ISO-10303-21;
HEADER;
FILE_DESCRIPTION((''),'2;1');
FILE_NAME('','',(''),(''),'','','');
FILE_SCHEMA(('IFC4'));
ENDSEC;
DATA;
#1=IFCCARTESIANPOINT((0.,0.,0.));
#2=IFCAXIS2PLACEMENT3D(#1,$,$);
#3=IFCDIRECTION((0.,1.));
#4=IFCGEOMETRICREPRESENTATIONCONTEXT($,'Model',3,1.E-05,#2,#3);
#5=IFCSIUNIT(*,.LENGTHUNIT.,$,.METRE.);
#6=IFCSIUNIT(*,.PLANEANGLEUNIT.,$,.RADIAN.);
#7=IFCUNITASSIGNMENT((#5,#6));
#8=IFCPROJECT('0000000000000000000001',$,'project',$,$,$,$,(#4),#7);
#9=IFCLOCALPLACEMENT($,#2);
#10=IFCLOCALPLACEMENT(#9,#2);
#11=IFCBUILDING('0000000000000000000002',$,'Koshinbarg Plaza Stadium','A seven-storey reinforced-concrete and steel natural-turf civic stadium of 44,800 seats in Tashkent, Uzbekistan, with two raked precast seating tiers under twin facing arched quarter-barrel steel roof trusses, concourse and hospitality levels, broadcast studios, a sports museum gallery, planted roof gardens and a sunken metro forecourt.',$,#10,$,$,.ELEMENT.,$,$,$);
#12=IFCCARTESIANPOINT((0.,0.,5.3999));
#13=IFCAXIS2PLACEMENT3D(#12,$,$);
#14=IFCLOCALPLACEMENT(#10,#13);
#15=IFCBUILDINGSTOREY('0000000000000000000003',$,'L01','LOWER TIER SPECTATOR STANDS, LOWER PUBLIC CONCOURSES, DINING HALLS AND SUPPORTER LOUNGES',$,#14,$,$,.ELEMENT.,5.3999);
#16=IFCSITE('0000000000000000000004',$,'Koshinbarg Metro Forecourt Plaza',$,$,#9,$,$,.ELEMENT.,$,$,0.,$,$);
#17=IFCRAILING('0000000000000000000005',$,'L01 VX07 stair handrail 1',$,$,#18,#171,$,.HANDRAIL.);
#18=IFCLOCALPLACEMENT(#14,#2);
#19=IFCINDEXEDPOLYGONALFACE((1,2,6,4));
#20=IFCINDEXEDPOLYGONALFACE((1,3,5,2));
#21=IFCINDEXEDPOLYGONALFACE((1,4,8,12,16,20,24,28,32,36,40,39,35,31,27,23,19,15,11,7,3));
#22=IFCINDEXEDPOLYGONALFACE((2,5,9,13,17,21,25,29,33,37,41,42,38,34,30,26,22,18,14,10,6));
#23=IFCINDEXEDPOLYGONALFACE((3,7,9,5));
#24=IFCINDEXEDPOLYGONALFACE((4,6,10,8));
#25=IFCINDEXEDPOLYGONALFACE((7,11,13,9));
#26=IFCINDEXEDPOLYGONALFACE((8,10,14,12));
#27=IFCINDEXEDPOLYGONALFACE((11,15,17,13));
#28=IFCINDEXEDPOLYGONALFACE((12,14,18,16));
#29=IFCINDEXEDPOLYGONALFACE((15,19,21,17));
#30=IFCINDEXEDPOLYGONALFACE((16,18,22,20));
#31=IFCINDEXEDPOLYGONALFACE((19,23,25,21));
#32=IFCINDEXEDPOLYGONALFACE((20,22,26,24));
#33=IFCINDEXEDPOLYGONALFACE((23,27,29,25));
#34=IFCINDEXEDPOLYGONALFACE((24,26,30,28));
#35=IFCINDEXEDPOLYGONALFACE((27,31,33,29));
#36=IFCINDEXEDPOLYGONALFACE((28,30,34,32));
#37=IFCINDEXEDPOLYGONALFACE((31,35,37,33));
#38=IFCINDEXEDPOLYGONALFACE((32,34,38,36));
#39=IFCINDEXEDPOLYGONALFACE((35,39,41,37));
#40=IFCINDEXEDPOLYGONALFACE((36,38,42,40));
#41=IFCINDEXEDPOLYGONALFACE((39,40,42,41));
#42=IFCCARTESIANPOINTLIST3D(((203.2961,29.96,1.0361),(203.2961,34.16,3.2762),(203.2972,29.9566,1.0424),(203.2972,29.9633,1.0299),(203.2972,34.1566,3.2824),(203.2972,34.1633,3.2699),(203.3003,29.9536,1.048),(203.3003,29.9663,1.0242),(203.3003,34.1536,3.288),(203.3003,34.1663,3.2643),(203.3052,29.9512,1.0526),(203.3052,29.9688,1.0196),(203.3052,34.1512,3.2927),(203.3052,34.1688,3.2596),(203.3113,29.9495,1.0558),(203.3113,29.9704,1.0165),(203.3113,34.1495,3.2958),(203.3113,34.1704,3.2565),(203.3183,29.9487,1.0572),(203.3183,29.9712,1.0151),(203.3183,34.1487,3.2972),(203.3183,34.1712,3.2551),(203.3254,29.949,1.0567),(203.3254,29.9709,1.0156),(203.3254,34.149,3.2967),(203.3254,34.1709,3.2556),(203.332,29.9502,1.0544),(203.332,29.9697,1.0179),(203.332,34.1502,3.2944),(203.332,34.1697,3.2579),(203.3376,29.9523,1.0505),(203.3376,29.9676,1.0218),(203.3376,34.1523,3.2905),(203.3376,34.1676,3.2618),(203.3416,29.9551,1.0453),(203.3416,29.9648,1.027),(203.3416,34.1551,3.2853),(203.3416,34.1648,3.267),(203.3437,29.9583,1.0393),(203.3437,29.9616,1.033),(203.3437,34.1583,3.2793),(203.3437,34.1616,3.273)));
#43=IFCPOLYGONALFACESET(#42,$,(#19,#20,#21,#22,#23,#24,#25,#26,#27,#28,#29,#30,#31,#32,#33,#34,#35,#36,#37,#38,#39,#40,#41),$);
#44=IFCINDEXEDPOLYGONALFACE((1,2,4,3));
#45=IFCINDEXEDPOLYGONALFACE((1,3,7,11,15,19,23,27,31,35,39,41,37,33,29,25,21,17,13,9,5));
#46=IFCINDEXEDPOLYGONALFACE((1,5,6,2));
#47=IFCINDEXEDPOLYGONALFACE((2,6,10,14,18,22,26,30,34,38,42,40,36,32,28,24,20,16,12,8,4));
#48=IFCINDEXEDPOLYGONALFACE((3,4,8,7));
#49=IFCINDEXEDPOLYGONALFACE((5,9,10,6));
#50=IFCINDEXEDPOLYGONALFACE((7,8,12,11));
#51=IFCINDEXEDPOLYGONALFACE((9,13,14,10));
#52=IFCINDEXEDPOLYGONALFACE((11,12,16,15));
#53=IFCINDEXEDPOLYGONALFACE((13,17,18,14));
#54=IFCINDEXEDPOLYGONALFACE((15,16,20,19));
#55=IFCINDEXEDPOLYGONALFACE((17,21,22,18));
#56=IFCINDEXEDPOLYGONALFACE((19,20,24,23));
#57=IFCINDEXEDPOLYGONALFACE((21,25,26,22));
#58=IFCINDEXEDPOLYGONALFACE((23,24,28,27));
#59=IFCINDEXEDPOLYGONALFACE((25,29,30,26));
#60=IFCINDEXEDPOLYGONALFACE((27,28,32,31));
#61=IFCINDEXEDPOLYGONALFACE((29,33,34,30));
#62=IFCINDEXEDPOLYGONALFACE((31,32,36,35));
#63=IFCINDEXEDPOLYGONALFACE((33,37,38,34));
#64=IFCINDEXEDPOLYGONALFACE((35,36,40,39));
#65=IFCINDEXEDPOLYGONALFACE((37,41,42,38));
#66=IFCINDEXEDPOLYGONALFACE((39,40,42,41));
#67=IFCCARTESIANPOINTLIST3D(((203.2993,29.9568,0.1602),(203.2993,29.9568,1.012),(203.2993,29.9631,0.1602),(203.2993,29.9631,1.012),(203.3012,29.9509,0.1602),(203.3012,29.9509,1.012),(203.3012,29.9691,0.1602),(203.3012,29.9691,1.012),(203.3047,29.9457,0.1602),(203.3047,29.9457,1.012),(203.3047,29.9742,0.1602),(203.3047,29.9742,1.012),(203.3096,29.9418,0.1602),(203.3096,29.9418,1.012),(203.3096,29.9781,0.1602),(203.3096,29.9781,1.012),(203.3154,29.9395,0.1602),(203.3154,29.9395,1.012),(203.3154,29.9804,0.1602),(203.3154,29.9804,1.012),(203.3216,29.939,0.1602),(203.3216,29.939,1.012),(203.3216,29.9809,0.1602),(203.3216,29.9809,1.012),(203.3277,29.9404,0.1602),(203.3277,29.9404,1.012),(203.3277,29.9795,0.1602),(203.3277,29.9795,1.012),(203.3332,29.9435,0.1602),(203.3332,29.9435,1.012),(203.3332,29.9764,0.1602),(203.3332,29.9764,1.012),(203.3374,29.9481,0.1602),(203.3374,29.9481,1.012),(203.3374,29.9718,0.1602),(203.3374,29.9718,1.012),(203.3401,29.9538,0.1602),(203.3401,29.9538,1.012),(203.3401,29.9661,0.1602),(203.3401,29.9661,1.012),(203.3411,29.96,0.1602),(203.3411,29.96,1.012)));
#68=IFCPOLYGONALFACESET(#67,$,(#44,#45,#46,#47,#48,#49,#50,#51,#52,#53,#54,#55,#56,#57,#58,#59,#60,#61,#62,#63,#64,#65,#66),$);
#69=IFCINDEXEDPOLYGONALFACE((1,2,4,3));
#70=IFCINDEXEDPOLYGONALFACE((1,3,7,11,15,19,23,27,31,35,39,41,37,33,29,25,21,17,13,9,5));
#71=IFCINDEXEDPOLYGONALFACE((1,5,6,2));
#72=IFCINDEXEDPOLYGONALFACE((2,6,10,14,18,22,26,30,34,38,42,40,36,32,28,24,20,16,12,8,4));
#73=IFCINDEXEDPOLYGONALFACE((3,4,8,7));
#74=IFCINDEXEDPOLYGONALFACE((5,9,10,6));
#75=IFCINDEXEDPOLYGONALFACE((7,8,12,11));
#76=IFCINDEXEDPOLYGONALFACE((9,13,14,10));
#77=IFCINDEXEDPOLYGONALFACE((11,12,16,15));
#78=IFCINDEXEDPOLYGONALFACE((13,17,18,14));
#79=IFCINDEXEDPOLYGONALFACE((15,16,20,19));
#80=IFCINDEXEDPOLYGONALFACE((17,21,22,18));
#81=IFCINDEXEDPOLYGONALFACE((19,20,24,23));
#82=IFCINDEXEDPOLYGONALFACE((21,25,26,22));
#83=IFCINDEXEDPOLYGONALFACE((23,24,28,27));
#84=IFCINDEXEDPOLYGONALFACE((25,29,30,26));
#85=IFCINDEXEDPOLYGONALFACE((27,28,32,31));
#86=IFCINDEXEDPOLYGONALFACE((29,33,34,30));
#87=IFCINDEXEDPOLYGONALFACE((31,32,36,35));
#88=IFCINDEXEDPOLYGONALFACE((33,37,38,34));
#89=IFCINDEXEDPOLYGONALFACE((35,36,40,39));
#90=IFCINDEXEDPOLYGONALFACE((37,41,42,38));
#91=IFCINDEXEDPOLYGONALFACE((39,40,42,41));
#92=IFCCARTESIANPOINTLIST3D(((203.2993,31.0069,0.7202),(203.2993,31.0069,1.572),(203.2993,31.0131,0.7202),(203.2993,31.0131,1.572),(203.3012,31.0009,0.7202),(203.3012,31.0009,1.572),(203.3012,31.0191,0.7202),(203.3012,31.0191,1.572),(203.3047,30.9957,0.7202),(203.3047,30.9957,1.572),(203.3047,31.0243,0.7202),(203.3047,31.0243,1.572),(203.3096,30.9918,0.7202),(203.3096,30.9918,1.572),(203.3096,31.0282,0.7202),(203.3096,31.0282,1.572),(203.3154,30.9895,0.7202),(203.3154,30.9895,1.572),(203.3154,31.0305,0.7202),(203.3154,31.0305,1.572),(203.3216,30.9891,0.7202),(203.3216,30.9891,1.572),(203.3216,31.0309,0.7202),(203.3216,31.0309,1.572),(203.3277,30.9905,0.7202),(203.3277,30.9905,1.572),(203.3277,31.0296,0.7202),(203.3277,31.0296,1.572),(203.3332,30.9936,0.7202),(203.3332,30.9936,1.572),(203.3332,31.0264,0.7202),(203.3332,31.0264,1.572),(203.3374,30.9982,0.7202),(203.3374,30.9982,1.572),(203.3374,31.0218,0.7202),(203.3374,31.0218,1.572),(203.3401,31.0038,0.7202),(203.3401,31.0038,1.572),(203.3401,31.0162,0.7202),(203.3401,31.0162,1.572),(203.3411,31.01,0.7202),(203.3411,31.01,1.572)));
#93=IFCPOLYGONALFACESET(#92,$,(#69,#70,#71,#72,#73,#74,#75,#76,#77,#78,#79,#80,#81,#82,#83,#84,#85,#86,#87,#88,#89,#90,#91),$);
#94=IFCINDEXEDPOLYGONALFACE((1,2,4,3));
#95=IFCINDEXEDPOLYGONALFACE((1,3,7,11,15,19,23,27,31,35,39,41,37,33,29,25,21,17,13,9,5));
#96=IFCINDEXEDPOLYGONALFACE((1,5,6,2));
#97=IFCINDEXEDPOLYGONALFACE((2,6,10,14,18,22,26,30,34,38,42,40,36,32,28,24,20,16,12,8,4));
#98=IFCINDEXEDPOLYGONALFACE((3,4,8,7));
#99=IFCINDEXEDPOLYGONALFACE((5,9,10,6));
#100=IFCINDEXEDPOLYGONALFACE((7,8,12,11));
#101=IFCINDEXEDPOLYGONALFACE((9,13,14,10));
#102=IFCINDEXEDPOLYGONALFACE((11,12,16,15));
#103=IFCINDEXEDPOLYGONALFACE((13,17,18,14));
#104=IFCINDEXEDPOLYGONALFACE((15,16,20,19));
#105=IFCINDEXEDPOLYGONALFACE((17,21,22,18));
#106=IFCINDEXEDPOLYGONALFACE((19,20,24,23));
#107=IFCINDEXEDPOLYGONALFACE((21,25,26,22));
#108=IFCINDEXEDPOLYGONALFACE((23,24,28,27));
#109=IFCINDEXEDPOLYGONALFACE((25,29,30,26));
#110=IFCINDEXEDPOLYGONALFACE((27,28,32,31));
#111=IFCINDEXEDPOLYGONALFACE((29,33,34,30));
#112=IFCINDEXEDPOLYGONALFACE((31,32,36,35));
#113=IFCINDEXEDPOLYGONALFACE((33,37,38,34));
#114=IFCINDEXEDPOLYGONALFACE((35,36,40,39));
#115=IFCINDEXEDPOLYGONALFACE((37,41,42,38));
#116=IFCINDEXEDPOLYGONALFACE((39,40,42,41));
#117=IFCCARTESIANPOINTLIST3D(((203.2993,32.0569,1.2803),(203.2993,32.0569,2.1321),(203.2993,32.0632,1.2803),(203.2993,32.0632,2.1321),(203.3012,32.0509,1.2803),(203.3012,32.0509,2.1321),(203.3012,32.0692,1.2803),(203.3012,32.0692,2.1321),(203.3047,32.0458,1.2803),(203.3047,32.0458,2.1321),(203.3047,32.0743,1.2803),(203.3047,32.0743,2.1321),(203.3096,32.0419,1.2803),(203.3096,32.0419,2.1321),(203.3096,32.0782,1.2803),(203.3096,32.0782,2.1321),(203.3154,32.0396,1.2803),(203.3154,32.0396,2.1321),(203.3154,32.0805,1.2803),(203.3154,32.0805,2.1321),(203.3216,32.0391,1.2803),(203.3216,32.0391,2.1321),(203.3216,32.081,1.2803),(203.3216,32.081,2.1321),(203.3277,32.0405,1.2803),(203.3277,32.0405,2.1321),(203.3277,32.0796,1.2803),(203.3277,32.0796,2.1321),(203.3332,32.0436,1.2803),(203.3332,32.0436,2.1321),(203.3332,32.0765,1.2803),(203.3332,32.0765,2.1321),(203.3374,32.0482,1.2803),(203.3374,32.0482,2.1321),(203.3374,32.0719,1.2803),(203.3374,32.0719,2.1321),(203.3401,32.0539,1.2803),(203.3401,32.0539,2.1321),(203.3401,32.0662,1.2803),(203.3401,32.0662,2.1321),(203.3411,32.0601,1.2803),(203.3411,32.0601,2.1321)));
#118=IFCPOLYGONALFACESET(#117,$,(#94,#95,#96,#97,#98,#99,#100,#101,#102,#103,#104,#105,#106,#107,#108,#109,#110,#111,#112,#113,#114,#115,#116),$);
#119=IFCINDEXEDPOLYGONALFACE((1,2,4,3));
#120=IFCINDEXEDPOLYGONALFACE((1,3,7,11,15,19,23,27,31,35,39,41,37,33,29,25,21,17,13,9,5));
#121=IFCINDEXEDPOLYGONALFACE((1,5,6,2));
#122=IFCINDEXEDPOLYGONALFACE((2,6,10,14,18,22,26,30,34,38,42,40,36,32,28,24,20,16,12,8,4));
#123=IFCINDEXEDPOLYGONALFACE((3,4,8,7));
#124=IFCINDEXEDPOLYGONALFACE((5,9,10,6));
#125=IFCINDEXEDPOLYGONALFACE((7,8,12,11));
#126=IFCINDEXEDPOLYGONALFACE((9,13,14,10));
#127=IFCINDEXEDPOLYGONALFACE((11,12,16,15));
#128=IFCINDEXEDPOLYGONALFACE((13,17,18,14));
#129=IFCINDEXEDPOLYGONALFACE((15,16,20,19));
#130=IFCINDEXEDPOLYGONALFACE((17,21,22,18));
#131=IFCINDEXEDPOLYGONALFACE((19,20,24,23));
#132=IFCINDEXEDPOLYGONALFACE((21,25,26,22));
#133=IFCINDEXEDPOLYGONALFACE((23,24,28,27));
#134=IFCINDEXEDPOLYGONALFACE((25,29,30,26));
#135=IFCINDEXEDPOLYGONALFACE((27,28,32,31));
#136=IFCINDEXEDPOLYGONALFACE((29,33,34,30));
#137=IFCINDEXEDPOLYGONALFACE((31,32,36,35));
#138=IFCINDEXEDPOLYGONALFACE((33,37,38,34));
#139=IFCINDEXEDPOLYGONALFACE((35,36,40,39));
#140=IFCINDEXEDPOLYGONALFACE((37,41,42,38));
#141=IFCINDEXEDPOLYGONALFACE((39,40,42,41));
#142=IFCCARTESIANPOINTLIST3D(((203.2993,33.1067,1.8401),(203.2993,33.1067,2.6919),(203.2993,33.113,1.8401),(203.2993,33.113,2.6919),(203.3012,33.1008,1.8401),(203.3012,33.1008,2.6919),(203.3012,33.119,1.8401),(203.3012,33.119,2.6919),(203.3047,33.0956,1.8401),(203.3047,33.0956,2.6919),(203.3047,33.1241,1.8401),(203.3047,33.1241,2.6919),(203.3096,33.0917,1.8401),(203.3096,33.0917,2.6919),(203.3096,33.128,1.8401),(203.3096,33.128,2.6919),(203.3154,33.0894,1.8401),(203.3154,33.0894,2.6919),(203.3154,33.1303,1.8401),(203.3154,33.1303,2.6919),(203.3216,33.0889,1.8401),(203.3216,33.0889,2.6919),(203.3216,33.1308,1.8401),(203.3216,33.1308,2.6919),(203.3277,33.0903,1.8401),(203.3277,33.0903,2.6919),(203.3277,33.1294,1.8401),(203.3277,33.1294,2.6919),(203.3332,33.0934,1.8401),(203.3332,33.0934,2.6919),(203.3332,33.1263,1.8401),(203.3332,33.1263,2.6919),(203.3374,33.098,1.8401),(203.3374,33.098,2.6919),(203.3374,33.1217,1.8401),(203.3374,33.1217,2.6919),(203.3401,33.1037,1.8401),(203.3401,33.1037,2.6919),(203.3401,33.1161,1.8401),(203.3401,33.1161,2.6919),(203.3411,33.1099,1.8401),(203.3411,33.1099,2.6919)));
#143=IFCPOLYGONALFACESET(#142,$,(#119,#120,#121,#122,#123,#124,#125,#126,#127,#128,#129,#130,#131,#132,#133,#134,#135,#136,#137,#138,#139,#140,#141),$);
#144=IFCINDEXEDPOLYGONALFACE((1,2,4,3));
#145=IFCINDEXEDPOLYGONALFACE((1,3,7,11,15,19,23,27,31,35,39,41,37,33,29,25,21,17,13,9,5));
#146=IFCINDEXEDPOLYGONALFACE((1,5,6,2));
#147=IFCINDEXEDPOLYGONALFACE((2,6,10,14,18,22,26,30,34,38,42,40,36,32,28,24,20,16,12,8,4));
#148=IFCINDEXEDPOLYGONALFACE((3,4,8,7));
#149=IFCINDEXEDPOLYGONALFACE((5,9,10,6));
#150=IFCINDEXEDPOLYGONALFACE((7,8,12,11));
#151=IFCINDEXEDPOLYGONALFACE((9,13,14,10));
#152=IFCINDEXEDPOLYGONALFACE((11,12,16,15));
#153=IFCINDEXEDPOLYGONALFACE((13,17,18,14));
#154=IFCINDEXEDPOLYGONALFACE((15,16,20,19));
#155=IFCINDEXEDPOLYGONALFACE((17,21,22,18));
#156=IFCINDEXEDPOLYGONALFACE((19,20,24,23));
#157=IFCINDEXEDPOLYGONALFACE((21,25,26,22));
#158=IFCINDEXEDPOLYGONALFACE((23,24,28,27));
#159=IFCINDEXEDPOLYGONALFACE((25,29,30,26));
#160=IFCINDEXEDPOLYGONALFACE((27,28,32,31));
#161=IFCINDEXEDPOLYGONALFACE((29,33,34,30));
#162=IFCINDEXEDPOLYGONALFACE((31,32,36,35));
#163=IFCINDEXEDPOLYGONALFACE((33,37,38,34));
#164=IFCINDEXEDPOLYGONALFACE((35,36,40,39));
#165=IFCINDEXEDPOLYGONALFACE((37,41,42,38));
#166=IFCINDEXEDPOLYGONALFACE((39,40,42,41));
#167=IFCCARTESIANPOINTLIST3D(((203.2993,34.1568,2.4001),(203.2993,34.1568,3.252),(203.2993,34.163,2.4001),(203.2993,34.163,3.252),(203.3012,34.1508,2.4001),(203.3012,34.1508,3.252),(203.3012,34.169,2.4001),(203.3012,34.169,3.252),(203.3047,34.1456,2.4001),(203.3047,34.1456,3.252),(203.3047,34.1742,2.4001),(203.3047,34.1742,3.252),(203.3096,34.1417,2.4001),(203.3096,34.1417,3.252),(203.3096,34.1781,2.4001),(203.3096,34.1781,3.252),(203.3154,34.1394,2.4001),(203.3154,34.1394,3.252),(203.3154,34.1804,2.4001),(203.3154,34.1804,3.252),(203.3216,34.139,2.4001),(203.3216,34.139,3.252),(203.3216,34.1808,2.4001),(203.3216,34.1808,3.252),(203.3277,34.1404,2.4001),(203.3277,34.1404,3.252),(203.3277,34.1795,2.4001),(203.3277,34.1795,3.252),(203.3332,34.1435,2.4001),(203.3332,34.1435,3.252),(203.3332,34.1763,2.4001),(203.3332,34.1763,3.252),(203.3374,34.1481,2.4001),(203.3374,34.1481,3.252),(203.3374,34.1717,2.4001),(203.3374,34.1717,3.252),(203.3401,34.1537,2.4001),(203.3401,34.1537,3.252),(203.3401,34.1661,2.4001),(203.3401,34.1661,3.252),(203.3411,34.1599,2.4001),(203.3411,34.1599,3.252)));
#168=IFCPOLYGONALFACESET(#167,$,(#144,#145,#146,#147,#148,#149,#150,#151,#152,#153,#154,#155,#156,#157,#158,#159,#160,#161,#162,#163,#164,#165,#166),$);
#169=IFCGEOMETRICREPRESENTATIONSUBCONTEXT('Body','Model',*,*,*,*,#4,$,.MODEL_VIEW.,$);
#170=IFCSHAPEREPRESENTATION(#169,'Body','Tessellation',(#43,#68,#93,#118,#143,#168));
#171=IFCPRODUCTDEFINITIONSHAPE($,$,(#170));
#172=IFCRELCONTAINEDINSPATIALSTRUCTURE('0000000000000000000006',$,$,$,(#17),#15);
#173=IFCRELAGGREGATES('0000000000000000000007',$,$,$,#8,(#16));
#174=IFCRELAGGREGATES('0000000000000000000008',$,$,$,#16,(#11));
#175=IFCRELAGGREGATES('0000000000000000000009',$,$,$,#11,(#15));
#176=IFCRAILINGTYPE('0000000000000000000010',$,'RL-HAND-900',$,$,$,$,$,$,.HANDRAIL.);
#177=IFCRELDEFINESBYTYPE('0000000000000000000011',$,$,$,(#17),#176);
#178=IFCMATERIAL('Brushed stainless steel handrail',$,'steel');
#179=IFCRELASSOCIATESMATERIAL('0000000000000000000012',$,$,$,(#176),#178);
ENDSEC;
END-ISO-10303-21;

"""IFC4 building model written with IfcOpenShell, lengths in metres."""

from ifc_helpers import new_model, si_unit, direction, frame, origin, origin_2d, place, context, subcontext, project, spatial, circle, extrude, material, type_object, element, save


model = new_model("IFC4")

# Units and contexts
model_context = context("Model", 3, precision=1e-05, world=origin(), true_north=direction((0.0, 1.0)))
body_context = subcontext(model_context, "Body", "Model", "MODEL_VIEW")
ifc_project = project(units=[si_unit("LENGTHUNIT", "METRE"), si_unit("PLANEANGLEUNIT", "RADIAN")], contexts=[model_context])

# Site, building, storey
site_placement = place(None, origin())
site = spatial("IfcSite", under=ifc_project, at=site_placement, Name="Koshinbarg Metro Forecourt Plaza", CompositionType="ELEMENT", RefElevation=0.0)
building_placement = place(site_placement, origin())
building = spatial("IfcBuilding", under=site, at=building_placement, Name="Koshinbarg Plaza Stadium", Description="A seven-storey reinforced-concrete and steel natural-turf civic stadium of 44,800 seats in Tashkent, Uzbekistan, with two raked precast seating tiers under twin facing arched quarter-barrel steel roof trusses, concourse and hospitality levels, broadcast studios, a sports museum gallery, planted roof gardens and a sunken metro forecourt.", CompositionType="ELEMENT")
storey_placement = place(building_placement, frame((0.0, 0.0, 5.3999)))
storey = spatial("IfcBuildingStorey", under=building, at=storey_placement, Name="L01", Description="LOWER TIER SPECTATOR STANDS, LOWER PUBLIC CONCOURSES, DINING HALLS AND SUPPORTER LOUNGES", CompositionType="ELEMENT", Elevation=5.3999)

# Railing
ifc_material_1 = material(Name="Brushed stainless steel handrail", Category="steel")
railing_type_1 = type_object("IfcRailingType", Name="RL-HAND-900", PredefinedType="HANDRAIL", material=ifc_material_1)
railing_1_placement = place(storey_placement, frame((203.3201, 29.96, 0.1602)))
element("IfcRailing", 1, at=railing_1_placement, inside=storey, type_object=railing_type_1, Name="L01 VX07 stair handrail 1", PredefinedType="HANDRAIL", context=body_context, shape_type="SweptSolid", body=[
    extrude(circle(Radius=0.0239, at=origin_2d()), frame((0.0, 0.0, 0.876), z_axis=(0.0, 0.882352, 0.470591), x_axis=(-1.0, 0.0, 0.0)), (0.0, 0.0, 1.0), 4.76),
    extrude(circle(Radius=0.021, at=origin_2d()), origin(), (0.0, 0.0, 1.0), 0.8518),
    extrude(circle(Radius=0.021, at=origin_2d()), frame((0.0, 1.05, 0.5601)), (0.0, 0.0, 1.0), 0.8518),
    extrude(circle(Radius=0.021, at=origin_2d()), frame((0.0, 2.1001, 1.1201)), (0.0, 0.0, 1.0), 0.8518),
    extrude(circle(Radius=0.021, at=origin_2d()), frame((0.0, 3.1499, 1.6799)), (0.0, 0.0, 1.0), 0.8518),
    extrude(circle(Radius=0.021, at=origin_2d()), frame((0.0, 4.2, 2.24)), (0.0, 0.0, 1.0), 0.8518),
])

save(model, "model.ifc")
